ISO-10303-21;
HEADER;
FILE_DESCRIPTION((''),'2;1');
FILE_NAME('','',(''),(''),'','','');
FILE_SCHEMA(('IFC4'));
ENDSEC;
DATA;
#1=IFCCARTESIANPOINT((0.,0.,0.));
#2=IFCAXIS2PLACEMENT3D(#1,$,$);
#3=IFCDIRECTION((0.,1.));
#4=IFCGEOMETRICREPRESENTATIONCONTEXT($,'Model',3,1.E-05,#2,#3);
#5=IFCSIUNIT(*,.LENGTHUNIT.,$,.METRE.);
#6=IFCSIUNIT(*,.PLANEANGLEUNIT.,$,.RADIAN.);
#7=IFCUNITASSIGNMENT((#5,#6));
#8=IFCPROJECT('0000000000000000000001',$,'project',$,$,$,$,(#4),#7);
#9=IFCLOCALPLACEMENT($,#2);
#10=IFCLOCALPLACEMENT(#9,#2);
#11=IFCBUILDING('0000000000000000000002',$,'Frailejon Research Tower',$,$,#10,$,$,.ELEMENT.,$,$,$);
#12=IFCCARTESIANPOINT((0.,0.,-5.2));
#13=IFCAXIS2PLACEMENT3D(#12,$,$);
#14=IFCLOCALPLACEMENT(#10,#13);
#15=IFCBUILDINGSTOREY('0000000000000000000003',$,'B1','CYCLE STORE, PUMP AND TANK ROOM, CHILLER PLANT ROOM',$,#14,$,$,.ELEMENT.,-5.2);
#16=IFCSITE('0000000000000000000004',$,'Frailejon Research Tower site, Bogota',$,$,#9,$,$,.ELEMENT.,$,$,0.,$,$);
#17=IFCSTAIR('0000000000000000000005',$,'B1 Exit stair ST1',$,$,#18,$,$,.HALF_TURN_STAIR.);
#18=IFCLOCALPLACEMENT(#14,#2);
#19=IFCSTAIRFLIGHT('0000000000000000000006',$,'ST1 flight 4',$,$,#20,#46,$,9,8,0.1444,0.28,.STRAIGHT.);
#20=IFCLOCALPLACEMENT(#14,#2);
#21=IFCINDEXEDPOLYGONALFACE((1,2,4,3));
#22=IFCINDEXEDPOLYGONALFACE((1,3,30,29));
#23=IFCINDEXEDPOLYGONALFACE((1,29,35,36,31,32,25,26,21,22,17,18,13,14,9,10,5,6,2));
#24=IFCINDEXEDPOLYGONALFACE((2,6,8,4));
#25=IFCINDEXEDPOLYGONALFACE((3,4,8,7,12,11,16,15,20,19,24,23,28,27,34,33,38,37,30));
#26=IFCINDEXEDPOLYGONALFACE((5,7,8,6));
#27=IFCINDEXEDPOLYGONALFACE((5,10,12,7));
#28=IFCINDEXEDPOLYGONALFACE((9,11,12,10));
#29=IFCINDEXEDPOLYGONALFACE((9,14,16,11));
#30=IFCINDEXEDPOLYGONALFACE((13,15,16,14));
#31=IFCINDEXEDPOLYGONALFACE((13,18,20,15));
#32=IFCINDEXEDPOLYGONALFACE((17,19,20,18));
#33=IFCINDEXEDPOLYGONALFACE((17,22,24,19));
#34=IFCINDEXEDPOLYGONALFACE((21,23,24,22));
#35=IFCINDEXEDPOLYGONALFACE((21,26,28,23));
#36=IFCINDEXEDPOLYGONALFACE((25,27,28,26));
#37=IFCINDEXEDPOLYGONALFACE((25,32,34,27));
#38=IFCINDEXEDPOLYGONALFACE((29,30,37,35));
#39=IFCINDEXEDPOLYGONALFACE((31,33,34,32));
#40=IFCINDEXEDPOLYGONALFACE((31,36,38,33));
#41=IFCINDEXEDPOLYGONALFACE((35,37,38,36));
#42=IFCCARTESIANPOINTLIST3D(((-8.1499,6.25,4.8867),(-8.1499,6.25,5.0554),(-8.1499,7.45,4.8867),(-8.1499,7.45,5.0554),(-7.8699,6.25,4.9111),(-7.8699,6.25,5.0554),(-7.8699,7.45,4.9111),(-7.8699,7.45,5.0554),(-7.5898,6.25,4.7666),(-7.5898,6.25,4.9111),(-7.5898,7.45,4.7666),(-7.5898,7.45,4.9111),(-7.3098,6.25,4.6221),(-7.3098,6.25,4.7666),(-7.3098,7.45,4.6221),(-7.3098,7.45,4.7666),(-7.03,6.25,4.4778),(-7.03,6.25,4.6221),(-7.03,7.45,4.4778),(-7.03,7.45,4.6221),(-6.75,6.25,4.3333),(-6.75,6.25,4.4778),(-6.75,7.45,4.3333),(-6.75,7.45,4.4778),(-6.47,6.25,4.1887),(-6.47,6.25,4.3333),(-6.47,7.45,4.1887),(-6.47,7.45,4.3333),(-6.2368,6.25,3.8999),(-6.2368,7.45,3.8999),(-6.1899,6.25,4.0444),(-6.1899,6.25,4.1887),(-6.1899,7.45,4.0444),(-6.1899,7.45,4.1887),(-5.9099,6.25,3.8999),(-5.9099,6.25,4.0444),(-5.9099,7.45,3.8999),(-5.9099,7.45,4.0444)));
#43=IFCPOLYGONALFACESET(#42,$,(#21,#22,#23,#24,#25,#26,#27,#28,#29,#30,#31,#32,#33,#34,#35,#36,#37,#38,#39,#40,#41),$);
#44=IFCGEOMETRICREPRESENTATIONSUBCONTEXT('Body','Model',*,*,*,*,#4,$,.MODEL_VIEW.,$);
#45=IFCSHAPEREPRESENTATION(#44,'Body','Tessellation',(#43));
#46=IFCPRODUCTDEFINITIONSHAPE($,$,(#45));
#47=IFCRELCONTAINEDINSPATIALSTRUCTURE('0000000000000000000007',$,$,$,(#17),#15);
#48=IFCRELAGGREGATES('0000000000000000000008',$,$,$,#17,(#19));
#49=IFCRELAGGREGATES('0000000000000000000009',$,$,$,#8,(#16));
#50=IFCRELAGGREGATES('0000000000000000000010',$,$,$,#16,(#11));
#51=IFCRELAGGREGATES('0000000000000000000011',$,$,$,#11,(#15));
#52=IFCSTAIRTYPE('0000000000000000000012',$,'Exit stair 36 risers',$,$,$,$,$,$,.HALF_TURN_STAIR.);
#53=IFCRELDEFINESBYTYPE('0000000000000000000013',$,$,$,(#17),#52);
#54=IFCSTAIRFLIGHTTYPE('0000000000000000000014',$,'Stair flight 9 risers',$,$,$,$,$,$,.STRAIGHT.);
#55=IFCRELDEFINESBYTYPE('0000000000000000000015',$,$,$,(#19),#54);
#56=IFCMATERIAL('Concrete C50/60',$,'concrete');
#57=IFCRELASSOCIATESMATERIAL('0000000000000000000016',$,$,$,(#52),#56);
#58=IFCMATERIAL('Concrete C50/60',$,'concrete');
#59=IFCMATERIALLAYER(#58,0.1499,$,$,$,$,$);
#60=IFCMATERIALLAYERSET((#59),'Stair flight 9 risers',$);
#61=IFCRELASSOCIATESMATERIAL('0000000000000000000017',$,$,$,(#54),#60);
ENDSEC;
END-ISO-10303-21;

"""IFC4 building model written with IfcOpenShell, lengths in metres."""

from ifc_helpers import new_model, si_unit, direction, frame, origin, place, context, subcontext, project, spatial, polyline, outline, extrude, material, layer, layer_set, type_object, element, aggregate, save


model = new_model("IFC4")

# Units and contexts
model_context = context("Model", 3, precision=1e-05, world=origin(), true_north=direction((0.0, 1.0)))
body_context = subcontext(model_context, "Body", "Model", "MODEL_VIEW")
ifc_project = project(units=[si_unit("LENGTHUNIT", "METRE"), si_unit("PLANEANGLEUNIT", "RADIAN")], contexts=[model_context])

# Site, building, storey
site_placement = place(None, origin())
site = spatial("IfcSite", under=ifc_project, at=site_placement, Name="Frailejon Research Tower site, Bogota", CompositionType="ELEMENT", RefElevation=0.0)
building_placement = place(site_placement, origin())
building = spatial("IfcBuilding", under=site, at=building_placement, Name="Frailejon Research Tower", CompositionType="ELEMENT")
storey_placement = place(building_placement, frame((0.0, 0.0, -5.2)))
storey = spatial("IfcBuildingStorey", under=building, at=storey_placement, Name="B1", Description="CYCLE STORE, PUMP AND TANK ROOM, CHILLER PLANT ROOM", CompositionType="ELEMENT", Elevation=-5.2)

# Stair, stair flight
ifc_material_1 = material(Name="Concrete C50/60", Category="concrete")
stair_type = type_object("IfcStairType", Name="Exit stair 36 risers", PredefinedType="HALF_TURN_STAIR", material=ifc_material_1)
stair_placement = place(storey_placement, origin())
stair = element("IfcStair", 1, at=stair_placement, inside=storey, type_object=stair_type, Name="B1 Exit stair ST1", PredefinedType="HALF_TURN_STAIR")
ifc_material_2 = material(Name="Concrete C50/60", Category="concrete")
ifc_layer_1 = layer(ifc_material_2, 0.1499)
ifc_layer_set_1 = layer_set([ifc_layer_1], Name="Stair flight 9 risers")
stair_flight_type = type_object("IfcStairFlightType", Name="Stair flight 9 risers", PredefinedType="STRAIGHT", material=ifc_layer_set_1)
stair_flight_placement = place(storey_placement, frame((-5.9099, 6.8501, 3.8999), z_axis=(0.0, 0.0, 1.0), x_axis=(-1.0, 0.0, 0.0)))
stair_flight = element("IfcStairFlight", 2, at=stair_flight_placement, type_object=stair_flight_type, Name="ST1 flight 4", NumberOfRisers=9, NumberOfTreads=8, PredefinedType="STRAIGHT", RiserHeight=0.1444, TreadLength=0.28, context=body_context, shape_type="SweptSolid", body=[
    extrude(outline(polyline([(0.0, 0.0), (0.0, 0.1445), (0.28, 0.1445), (0.28, 0.2888), (0.5601, 0.2888), (0.5601, 0.4333), (0.8401, 0.4333), (0.8401, 0.5779), (1.1201, 0.5779), (1.1201, 0.7222), (1.3999, 0.7222), (1.3999, 0.8667), (1.6799, 0.8667), (1.6799, 1.0112), (1.96, 1.0112), (1.96, 1.1555), (2.24, 1.1555), (2.24, 1.3), (2.24, 0.9868), (0.3269, 0.0), (0.0, 0.0)])), frame((0.0, 0.6001, 0.0), z_axis=(0.0, -1.0, 0.0), x_axis=(1.0, 0.0, 0.0)), (0.0, 0.0, 1.0), 1.2),
])
aggregate(stair, [stair_flight])

save(model, "model.ifc")
